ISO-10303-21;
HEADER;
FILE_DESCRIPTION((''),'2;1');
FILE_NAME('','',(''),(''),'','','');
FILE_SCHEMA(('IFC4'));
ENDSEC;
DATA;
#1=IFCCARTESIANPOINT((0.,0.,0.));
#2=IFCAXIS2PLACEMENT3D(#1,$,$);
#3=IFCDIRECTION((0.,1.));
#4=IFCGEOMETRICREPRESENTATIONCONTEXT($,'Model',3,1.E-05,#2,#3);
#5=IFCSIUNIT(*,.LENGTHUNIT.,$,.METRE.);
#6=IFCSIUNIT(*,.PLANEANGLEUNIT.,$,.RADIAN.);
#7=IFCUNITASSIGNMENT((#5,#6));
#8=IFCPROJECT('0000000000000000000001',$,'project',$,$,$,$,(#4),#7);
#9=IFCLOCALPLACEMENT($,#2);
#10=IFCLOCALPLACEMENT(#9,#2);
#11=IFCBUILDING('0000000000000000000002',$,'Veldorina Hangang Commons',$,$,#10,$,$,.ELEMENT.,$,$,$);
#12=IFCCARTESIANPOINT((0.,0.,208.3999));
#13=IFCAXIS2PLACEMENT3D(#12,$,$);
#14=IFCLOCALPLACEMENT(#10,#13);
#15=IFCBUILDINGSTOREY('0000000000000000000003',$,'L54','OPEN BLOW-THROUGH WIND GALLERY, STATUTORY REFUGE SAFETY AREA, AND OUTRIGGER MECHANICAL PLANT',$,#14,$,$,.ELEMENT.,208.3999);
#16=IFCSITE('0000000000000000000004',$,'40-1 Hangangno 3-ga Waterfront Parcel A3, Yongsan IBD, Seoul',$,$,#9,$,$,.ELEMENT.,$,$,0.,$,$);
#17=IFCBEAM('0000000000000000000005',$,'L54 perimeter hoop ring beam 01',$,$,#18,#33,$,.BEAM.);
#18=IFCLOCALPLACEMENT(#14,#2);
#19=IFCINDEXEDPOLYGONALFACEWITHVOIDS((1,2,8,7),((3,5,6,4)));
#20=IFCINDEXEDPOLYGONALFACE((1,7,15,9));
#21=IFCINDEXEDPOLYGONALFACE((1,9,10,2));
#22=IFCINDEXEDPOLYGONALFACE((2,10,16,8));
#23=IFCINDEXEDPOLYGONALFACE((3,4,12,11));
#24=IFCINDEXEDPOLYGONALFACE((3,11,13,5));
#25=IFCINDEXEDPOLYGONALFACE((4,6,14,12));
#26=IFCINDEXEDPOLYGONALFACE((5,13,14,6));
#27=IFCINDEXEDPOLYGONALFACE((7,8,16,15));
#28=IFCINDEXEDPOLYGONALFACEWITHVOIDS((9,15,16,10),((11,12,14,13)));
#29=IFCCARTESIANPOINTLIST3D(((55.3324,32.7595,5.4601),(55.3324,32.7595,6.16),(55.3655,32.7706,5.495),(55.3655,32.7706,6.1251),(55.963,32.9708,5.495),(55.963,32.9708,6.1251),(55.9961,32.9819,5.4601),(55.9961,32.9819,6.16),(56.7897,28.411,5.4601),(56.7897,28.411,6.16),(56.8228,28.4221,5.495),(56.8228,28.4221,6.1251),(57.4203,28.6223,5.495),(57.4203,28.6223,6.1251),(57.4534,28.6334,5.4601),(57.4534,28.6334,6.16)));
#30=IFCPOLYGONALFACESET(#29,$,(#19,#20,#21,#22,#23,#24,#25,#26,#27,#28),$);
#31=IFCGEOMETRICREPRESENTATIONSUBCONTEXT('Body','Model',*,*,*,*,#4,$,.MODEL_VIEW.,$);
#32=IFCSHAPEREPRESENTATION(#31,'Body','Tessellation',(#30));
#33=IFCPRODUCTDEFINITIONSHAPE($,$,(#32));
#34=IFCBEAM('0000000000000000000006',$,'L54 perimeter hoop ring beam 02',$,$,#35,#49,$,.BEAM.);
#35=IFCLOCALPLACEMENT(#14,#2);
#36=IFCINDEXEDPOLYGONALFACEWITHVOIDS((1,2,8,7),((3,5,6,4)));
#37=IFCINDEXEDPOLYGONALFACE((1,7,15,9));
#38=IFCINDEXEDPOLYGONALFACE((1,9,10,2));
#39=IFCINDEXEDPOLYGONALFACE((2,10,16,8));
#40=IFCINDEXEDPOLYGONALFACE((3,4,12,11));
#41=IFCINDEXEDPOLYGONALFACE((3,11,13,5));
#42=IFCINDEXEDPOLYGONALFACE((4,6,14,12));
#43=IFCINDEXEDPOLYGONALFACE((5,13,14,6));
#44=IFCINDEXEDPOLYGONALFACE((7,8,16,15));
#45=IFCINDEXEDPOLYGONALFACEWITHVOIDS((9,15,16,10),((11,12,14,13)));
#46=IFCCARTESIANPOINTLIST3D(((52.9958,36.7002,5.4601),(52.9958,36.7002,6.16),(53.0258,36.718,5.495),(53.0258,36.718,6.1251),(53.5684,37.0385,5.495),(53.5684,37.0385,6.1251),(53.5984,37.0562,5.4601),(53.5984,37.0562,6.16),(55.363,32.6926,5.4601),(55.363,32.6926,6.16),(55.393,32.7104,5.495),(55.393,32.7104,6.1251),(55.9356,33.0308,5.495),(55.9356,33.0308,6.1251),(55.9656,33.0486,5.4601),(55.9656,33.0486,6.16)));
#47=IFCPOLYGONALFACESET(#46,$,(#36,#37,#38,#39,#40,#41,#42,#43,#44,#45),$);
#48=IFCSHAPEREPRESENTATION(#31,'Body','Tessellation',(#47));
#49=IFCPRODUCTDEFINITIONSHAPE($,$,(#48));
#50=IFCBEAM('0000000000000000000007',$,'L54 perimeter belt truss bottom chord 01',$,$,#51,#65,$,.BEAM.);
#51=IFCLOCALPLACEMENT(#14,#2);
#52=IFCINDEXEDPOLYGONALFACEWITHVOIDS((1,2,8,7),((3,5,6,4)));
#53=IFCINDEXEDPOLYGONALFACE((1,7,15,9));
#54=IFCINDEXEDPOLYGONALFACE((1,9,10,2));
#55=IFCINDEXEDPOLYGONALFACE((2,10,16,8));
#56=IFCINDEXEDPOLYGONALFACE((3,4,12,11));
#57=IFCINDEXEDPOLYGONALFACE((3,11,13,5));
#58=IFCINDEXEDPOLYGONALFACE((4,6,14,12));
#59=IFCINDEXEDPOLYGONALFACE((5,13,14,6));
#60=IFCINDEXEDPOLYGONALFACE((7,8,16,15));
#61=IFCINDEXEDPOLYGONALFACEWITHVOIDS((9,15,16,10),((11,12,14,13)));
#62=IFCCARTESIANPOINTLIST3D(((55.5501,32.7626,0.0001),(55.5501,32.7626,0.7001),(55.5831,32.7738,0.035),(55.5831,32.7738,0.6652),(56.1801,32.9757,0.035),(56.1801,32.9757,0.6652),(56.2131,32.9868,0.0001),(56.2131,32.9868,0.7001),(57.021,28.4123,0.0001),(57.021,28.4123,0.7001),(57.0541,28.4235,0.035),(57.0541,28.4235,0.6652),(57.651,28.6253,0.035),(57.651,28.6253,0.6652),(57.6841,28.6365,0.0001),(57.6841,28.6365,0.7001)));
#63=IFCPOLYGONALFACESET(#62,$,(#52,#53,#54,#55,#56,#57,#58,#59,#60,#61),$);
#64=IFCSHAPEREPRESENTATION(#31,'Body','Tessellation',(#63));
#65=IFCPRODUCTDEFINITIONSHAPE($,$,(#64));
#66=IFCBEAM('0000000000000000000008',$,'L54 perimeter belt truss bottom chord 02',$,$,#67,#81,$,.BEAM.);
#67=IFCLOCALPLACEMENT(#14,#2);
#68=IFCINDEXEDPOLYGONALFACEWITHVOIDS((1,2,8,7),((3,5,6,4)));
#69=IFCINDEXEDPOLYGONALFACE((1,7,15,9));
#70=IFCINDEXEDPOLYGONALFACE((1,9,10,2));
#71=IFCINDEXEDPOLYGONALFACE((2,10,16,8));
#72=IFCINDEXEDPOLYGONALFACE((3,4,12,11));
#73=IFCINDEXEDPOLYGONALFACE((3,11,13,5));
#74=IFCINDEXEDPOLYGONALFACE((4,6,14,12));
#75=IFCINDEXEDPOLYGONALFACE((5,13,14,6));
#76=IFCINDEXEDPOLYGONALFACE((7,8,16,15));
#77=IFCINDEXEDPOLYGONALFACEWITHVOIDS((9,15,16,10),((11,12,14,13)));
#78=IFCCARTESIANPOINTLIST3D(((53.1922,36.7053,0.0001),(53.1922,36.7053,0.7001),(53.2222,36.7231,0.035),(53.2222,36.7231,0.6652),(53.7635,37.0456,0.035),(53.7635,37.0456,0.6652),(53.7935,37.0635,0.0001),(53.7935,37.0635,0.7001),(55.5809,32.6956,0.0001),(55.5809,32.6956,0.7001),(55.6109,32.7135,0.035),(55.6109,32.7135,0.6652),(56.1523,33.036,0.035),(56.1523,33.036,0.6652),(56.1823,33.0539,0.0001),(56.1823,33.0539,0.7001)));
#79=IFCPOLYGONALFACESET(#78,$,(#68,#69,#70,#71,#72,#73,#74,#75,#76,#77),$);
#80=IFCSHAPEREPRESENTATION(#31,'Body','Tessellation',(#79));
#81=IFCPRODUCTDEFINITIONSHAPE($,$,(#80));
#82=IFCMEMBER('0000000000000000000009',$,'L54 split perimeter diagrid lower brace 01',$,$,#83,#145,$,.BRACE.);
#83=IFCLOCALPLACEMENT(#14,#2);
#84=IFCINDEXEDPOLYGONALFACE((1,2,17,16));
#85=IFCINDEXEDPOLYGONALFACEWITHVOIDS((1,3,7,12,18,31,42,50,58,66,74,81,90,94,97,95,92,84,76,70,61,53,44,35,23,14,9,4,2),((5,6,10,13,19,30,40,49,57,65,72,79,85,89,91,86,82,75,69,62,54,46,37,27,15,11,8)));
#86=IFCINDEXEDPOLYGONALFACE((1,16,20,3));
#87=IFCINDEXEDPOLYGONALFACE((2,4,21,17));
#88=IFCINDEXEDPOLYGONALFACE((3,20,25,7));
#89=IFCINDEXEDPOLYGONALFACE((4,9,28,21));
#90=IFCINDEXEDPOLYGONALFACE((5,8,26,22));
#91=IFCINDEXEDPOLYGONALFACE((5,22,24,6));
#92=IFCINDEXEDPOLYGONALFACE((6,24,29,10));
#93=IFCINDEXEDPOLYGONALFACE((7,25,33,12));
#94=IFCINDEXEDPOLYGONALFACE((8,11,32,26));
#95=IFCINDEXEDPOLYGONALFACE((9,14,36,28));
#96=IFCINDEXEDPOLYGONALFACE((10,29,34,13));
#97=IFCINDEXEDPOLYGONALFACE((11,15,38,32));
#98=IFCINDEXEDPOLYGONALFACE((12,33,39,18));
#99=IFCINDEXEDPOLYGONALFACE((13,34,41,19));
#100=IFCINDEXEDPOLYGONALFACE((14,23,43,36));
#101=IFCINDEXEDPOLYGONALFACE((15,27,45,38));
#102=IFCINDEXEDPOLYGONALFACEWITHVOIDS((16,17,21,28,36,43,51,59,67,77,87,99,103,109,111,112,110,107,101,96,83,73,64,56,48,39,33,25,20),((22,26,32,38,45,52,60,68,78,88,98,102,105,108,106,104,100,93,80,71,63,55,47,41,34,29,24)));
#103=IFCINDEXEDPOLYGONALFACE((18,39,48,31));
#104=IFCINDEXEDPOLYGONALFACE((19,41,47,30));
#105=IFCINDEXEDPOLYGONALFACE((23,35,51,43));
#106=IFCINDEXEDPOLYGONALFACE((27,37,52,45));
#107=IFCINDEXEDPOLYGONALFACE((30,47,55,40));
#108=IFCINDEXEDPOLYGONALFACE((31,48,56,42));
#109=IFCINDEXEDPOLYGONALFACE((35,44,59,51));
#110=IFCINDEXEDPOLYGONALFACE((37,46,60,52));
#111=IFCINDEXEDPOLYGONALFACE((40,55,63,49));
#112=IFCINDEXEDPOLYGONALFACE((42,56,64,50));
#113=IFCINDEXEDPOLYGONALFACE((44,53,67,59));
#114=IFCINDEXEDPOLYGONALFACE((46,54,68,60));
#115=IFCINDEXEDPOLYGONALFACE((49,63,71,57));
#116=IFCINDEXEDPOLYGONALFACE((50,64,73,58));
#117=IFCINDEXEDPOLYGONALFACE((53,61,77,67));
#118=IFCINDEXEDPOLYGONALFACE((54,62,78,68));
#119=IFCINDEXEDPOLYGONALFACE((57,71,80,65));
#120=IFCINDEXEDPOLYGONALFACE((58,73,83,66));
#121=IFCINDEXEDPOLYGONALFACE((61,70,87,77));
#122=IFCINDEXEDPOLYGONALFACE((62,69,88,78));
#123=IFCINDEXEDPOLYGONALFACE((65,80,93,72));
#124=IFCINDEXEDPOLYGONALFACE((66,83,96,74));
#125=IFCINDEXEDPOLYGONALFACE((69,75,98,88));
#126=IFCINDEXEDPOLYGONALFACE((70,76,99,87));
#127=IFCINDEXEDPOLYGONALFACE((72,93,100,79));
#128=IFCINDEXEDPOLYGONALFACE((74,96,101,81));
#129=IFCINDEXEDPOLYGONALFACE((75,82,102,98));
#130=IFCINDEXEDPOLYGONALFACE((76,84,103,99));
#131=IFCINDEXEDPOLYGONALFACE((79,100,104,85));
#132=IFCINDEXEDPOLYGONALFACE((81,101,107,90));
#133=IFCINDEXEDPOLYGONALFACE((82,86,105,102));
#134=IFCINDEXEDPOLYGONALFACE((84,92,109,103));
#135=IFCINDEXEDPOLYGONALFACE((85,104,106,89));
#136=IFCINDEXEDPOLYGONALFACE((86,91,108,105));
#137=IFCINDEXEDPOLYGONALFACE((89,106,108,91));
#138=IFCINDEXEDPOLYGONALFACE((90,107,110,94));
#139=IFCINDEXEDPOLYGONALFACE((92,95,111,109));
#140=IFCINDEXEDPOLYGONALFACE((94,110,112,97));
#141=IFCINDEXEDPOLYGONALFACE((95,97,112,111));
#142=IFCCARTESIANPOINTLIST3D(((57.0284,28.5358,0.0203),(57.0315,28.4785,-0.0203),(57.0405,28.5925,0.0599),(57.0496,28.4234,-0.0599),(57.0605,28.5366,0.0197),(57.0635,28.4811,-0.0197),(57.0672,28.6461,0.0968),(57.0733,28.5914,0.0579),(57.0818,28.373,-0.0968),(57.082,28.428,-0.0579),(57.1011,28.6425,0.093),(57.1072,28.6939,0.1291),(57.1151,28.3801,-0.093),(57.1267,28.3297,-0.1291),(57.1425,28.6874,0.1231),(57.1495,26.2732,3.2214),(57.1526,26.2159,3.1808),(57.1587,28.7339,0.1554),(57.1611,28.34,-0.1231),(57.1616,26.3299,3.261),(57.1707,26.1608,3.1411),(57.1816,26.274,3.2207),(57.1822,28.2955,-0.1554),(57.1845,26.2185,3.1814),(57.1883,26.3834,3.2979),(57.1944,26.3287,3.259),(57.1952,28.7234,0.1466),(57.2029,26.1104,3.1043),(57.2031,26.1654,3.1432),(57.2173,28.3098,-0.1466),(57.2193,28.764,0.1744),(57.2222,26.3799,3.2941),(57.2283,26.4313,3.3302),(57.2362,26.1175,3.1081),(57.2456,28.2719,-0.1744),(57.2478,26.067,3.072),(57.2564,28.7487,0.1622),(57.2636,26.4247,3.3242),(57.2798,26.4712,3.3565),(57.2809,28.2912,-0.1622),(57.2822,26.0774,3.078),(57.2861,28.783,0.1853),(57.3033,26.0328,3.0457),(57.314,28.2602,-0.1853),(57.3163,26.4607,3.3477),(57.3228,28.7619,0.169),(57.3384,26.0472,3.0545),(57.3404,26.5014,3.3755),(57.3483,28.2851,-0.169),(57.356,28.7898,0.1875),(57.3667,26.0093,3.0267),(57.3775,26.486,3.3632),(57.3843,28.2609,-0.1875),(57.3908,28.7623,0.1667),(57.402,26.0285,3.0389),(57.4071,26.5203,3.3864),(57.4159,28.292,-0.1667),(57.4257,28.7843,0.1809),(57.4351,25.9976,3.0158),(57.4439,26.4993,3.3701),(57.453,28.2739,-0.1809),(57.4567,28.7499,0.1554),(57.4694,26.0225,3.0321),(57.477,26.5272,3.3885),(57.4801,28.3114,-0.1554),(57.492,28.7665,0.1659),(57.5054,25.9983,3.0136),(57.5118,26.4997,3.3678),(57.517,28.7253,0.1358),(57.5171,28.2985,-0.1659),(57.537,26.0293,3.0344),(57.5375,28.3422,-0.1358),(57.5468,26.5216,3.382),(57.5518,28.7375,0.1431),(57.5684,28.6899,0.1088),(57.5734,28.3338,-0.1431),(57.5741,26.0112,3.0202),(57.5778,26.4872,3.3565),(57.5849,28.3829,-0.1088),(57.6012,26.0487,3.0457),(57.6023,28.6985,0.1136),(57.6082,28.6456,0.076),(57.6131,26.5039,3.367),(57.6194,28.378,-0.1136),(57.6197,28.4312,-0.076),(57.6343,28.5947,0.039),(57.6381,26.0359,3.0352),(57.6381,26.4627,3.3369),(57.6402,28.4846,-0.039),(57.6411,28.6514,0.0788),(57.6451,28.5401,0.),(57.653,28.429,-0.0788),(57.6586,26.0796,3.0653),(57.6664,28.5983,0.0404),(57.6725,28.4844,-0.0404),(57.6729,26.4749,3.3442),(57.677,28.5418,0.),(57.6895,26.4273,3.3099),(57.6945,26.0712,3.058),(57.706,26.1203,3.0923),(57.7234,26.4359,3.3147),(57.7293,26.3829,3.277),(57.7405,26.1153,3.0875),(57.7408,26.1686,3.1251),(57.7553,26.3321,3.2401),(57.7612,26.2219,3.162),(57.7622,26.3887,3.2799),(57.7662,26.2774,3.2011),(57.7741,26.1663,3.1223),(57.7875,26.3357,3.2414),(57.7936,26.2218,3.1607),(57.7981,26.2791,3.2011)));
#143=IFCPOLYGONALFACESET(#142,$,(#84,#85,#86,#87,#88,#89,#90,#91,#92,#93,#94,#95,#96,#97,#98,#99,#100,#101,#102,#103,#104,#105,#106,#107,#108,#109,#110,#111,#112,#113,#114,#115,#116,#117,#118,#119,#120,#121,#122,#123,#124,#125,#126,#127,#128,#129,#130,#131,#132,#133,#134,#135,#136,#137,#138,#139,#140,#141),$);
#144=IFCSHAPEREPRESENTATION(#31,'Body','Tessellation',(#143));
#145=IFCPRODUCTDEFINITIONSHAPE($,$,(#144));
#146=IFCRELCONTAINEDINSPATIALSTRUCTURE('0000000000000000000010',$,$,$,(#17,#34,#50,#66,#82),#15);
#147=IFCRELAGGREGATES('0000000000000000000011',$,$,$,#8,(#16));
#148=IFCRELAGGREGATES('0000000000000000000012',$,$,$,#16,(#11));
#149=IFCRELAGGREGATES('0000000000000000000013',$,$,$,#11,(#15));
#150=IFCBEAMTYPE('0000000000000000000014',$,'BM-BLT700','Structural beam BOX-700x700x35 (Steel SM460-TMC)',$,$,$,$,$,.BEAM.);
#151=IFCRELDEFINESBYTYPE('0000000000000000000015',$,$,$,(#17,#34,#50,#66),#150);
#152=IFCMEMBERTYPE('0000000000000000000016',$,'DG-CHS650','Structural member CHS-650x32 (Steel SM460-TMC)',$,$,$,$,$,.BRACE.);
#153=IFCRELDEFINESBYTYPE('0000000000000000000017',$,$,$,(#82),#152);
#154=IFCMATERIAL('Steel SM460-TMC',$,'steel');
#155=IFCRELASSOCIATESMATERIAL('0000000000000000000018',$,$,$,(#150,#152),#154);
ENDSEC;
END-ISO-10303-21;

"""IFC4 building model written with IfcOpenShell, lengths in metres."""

from ifc_helpers import new_model, si_unit, direction, frame, origin, origin_2d, place, context, subcontext, project, spatial, hollow_rectangle, hollow_circle, extrude, material, material_profile, profile_set, type_object, element, save


model = new_model("IFC4")

# Units and contexts
model_context = context("Model", 3, precision=1e-05, world=origin(), true_north=direction((0.0, 1.0)))
body_context = subcontext(model_context, "Body", "Model", "MODEL_VIEW")
ifc_project = project(units=[si_unit("LENGTHUNIT", "METRE"), si_unit("PLANEANGLEUNIT", "RADIAN")], contexts=[model_context])

# Site, building, storey
site_placement = place(None, origin())
site = spatial("IfcSite", under=ifc_project, at=site_placement, Name="40-1 Hangangno 3-ga Waterfront Parcel A3, Yongsan IBD, Seoul", CompositionType="ELEMENT", RefElevation=0.0)
building_placement = place(site_placement, origin())
building = spatial("IfcBuilding", under=site, at=building_placement, Name="Veldorina Hangang Commons", CompositionType="ELEMENT")
storey_placement = place(building_placement, frame((0.0, 0.0, 208.3999)))
storey = spatial("IfcBuildingStorey", under=building, at=storey_placement, Name="L54", Description="OPEN BLOW-THROUGH WIND GALLERY, STATUTORY REFUGE SAFETY AREA, AND OUTRIGGER MECHANICAL PLANT", CompositionType="ELEMENT", Elevation=208.3999)

# Beams
ifc_material_1 = material(Name="Steel SM460-TMC", Category="steel")
ifc_material_profile_1 = material_profile(ifc_material_1, hollow_rectangle(XDim=0.7, YDim=0.7, WallThickness=0.0349, at=origin_2d()), Name="BOX-700x700x35")
ifc_profile_set_1 = profile_set([ifc_material_profile_1], Name="Steel SM460-TMC")
beam_type = type_object("IfcBeamType", Name="BM-BLT700", Description="Structural beam BOX-700x700x35 (Steel SM460-TMC)", PredefinedType="BEAM", material=ifc_profile_set_1)
beam_1_placement = place(storey_placement, frame((57.1216, 28.5222, 5.8101), z_axis=(-0.317761, 0.948171, 0.0), x_axis=(-0.948171, -0.317761, 0.0)))
element("IfcBeam", 1, at=beam_1_placement, inside=storey, type_object=beam_type, Name="L54 perimeter hoop ring beam 01", PredefinedType="BEAM", context=body_context, shape_type="SweptSolid", body=[
    extrude(hollow_rectangle(XDim=0.7, YDim=0.7, WallThickness=0.0349, at=origin_2d()), origin(), (0.0, 0.0, 1.0), 4.5862),
])
beam_2_placement = place(storey_placement, frame((55.6643, 32.8706, 5.8101), z_axis=(-0.508583, 0.861013, 0.0), x_axis=(-0.861013, -0.508583, 0.0)))
element("IfcBeam", 2, at=beam_2_placement, inside=storey, type_object=beam_type, Name="L54 perimeter hoop ring beam 02", PredefinedType="BEAM", context=body_context, shape_type="SweptSolid", body=[
    extrude(hollow_rectangle(XDim=0.7, YDim=0.7, WallThickness=0.0349, at=origin_2d()), origin(), (0.0, 0.0, 1.0), 4.6545),
])
beam_3_placement = place(storey_placement, frame((57.3525, 28.5244, 0.3501), z_axis=(-0.320308, 0.947314, 0.0), x_axis=(-0.947314, -0.320308, 0.0)))
element("IfcBeam", 3, at=beam_3_placement, inside=storey, type_object=beam_type, Name="L54 perimeter belt truss bottom chord 01", PredefinedType="BEAM", context=body_context, shape_type="SweptSolid", body=[
    extrude(hollow_rectangle(XDim=0.7, YDim=0.7, WallThickness=0.0349, at=origin_2d()), origin(), (0.0, 0.0, 1.0), 4.5923),
])
beam_4_placement = place(storey_placement, frame((55.8816, 32.8748, 0.3501), z_axis=(-0.511808, 0.8591, 0.0), x_axis=(-0.8591, -0.511808, 0.0)))
element("IfcBeam", 4, at=beam_4_placement, inside=storey, type_object=beam_type, Name="L54 perimeter belt truss bottom chord 02", PredefinedType="BEAM", context=body_context, shape_type="SweptSolid", body=[
    extrude(hollow_rectangle(XDim=0.7, YDim=0.7, WallThickness=0.0349, at=origin_2d()), origin(), (0.0, 0.0, 1.0), 4.6672),
])

# Member
ifc_material_profile_2 = material_profile(ifc_material_1, hollow_circle(Radius=0.325, WallThickness=0.032, at=origin_2d()), Name="CHS-650x32")
ifc_profile_set_2 = profile_set([ifc_material_profile_2], Name="Steel SM460-TMC")
member_type_1 = type_object("IfcMemberType", Name="DG-CHS650", Description="Structural member CHS-650x32 (Steel SM460-TMC)", PredefinedType="BRACE", material=ifc_profile_set_2)
member_1_placement = place(storey_placement, frame((57.3525, 28.5244, 0.0), z_axis=(0.030876, -0.576926, 0.816212), x_axis=(0.998571, 0.053441, 0.0)))
element("IfcMember", 5, at=member_1_placement, inside=storey, type_object=member_type_1, Name="L54 split perimeter diagrid lower brace 01", PredefinedType="BRACE", context=body_context, shape_type="SweptSolid", body=[
    extrude(hollow_circle(Radius=0.325, WallThickness=0.032, at=origin_2d()), origin(), (0.0, 0.0, 1.0), 3.9219),
])

save(model, "model.ifc")
